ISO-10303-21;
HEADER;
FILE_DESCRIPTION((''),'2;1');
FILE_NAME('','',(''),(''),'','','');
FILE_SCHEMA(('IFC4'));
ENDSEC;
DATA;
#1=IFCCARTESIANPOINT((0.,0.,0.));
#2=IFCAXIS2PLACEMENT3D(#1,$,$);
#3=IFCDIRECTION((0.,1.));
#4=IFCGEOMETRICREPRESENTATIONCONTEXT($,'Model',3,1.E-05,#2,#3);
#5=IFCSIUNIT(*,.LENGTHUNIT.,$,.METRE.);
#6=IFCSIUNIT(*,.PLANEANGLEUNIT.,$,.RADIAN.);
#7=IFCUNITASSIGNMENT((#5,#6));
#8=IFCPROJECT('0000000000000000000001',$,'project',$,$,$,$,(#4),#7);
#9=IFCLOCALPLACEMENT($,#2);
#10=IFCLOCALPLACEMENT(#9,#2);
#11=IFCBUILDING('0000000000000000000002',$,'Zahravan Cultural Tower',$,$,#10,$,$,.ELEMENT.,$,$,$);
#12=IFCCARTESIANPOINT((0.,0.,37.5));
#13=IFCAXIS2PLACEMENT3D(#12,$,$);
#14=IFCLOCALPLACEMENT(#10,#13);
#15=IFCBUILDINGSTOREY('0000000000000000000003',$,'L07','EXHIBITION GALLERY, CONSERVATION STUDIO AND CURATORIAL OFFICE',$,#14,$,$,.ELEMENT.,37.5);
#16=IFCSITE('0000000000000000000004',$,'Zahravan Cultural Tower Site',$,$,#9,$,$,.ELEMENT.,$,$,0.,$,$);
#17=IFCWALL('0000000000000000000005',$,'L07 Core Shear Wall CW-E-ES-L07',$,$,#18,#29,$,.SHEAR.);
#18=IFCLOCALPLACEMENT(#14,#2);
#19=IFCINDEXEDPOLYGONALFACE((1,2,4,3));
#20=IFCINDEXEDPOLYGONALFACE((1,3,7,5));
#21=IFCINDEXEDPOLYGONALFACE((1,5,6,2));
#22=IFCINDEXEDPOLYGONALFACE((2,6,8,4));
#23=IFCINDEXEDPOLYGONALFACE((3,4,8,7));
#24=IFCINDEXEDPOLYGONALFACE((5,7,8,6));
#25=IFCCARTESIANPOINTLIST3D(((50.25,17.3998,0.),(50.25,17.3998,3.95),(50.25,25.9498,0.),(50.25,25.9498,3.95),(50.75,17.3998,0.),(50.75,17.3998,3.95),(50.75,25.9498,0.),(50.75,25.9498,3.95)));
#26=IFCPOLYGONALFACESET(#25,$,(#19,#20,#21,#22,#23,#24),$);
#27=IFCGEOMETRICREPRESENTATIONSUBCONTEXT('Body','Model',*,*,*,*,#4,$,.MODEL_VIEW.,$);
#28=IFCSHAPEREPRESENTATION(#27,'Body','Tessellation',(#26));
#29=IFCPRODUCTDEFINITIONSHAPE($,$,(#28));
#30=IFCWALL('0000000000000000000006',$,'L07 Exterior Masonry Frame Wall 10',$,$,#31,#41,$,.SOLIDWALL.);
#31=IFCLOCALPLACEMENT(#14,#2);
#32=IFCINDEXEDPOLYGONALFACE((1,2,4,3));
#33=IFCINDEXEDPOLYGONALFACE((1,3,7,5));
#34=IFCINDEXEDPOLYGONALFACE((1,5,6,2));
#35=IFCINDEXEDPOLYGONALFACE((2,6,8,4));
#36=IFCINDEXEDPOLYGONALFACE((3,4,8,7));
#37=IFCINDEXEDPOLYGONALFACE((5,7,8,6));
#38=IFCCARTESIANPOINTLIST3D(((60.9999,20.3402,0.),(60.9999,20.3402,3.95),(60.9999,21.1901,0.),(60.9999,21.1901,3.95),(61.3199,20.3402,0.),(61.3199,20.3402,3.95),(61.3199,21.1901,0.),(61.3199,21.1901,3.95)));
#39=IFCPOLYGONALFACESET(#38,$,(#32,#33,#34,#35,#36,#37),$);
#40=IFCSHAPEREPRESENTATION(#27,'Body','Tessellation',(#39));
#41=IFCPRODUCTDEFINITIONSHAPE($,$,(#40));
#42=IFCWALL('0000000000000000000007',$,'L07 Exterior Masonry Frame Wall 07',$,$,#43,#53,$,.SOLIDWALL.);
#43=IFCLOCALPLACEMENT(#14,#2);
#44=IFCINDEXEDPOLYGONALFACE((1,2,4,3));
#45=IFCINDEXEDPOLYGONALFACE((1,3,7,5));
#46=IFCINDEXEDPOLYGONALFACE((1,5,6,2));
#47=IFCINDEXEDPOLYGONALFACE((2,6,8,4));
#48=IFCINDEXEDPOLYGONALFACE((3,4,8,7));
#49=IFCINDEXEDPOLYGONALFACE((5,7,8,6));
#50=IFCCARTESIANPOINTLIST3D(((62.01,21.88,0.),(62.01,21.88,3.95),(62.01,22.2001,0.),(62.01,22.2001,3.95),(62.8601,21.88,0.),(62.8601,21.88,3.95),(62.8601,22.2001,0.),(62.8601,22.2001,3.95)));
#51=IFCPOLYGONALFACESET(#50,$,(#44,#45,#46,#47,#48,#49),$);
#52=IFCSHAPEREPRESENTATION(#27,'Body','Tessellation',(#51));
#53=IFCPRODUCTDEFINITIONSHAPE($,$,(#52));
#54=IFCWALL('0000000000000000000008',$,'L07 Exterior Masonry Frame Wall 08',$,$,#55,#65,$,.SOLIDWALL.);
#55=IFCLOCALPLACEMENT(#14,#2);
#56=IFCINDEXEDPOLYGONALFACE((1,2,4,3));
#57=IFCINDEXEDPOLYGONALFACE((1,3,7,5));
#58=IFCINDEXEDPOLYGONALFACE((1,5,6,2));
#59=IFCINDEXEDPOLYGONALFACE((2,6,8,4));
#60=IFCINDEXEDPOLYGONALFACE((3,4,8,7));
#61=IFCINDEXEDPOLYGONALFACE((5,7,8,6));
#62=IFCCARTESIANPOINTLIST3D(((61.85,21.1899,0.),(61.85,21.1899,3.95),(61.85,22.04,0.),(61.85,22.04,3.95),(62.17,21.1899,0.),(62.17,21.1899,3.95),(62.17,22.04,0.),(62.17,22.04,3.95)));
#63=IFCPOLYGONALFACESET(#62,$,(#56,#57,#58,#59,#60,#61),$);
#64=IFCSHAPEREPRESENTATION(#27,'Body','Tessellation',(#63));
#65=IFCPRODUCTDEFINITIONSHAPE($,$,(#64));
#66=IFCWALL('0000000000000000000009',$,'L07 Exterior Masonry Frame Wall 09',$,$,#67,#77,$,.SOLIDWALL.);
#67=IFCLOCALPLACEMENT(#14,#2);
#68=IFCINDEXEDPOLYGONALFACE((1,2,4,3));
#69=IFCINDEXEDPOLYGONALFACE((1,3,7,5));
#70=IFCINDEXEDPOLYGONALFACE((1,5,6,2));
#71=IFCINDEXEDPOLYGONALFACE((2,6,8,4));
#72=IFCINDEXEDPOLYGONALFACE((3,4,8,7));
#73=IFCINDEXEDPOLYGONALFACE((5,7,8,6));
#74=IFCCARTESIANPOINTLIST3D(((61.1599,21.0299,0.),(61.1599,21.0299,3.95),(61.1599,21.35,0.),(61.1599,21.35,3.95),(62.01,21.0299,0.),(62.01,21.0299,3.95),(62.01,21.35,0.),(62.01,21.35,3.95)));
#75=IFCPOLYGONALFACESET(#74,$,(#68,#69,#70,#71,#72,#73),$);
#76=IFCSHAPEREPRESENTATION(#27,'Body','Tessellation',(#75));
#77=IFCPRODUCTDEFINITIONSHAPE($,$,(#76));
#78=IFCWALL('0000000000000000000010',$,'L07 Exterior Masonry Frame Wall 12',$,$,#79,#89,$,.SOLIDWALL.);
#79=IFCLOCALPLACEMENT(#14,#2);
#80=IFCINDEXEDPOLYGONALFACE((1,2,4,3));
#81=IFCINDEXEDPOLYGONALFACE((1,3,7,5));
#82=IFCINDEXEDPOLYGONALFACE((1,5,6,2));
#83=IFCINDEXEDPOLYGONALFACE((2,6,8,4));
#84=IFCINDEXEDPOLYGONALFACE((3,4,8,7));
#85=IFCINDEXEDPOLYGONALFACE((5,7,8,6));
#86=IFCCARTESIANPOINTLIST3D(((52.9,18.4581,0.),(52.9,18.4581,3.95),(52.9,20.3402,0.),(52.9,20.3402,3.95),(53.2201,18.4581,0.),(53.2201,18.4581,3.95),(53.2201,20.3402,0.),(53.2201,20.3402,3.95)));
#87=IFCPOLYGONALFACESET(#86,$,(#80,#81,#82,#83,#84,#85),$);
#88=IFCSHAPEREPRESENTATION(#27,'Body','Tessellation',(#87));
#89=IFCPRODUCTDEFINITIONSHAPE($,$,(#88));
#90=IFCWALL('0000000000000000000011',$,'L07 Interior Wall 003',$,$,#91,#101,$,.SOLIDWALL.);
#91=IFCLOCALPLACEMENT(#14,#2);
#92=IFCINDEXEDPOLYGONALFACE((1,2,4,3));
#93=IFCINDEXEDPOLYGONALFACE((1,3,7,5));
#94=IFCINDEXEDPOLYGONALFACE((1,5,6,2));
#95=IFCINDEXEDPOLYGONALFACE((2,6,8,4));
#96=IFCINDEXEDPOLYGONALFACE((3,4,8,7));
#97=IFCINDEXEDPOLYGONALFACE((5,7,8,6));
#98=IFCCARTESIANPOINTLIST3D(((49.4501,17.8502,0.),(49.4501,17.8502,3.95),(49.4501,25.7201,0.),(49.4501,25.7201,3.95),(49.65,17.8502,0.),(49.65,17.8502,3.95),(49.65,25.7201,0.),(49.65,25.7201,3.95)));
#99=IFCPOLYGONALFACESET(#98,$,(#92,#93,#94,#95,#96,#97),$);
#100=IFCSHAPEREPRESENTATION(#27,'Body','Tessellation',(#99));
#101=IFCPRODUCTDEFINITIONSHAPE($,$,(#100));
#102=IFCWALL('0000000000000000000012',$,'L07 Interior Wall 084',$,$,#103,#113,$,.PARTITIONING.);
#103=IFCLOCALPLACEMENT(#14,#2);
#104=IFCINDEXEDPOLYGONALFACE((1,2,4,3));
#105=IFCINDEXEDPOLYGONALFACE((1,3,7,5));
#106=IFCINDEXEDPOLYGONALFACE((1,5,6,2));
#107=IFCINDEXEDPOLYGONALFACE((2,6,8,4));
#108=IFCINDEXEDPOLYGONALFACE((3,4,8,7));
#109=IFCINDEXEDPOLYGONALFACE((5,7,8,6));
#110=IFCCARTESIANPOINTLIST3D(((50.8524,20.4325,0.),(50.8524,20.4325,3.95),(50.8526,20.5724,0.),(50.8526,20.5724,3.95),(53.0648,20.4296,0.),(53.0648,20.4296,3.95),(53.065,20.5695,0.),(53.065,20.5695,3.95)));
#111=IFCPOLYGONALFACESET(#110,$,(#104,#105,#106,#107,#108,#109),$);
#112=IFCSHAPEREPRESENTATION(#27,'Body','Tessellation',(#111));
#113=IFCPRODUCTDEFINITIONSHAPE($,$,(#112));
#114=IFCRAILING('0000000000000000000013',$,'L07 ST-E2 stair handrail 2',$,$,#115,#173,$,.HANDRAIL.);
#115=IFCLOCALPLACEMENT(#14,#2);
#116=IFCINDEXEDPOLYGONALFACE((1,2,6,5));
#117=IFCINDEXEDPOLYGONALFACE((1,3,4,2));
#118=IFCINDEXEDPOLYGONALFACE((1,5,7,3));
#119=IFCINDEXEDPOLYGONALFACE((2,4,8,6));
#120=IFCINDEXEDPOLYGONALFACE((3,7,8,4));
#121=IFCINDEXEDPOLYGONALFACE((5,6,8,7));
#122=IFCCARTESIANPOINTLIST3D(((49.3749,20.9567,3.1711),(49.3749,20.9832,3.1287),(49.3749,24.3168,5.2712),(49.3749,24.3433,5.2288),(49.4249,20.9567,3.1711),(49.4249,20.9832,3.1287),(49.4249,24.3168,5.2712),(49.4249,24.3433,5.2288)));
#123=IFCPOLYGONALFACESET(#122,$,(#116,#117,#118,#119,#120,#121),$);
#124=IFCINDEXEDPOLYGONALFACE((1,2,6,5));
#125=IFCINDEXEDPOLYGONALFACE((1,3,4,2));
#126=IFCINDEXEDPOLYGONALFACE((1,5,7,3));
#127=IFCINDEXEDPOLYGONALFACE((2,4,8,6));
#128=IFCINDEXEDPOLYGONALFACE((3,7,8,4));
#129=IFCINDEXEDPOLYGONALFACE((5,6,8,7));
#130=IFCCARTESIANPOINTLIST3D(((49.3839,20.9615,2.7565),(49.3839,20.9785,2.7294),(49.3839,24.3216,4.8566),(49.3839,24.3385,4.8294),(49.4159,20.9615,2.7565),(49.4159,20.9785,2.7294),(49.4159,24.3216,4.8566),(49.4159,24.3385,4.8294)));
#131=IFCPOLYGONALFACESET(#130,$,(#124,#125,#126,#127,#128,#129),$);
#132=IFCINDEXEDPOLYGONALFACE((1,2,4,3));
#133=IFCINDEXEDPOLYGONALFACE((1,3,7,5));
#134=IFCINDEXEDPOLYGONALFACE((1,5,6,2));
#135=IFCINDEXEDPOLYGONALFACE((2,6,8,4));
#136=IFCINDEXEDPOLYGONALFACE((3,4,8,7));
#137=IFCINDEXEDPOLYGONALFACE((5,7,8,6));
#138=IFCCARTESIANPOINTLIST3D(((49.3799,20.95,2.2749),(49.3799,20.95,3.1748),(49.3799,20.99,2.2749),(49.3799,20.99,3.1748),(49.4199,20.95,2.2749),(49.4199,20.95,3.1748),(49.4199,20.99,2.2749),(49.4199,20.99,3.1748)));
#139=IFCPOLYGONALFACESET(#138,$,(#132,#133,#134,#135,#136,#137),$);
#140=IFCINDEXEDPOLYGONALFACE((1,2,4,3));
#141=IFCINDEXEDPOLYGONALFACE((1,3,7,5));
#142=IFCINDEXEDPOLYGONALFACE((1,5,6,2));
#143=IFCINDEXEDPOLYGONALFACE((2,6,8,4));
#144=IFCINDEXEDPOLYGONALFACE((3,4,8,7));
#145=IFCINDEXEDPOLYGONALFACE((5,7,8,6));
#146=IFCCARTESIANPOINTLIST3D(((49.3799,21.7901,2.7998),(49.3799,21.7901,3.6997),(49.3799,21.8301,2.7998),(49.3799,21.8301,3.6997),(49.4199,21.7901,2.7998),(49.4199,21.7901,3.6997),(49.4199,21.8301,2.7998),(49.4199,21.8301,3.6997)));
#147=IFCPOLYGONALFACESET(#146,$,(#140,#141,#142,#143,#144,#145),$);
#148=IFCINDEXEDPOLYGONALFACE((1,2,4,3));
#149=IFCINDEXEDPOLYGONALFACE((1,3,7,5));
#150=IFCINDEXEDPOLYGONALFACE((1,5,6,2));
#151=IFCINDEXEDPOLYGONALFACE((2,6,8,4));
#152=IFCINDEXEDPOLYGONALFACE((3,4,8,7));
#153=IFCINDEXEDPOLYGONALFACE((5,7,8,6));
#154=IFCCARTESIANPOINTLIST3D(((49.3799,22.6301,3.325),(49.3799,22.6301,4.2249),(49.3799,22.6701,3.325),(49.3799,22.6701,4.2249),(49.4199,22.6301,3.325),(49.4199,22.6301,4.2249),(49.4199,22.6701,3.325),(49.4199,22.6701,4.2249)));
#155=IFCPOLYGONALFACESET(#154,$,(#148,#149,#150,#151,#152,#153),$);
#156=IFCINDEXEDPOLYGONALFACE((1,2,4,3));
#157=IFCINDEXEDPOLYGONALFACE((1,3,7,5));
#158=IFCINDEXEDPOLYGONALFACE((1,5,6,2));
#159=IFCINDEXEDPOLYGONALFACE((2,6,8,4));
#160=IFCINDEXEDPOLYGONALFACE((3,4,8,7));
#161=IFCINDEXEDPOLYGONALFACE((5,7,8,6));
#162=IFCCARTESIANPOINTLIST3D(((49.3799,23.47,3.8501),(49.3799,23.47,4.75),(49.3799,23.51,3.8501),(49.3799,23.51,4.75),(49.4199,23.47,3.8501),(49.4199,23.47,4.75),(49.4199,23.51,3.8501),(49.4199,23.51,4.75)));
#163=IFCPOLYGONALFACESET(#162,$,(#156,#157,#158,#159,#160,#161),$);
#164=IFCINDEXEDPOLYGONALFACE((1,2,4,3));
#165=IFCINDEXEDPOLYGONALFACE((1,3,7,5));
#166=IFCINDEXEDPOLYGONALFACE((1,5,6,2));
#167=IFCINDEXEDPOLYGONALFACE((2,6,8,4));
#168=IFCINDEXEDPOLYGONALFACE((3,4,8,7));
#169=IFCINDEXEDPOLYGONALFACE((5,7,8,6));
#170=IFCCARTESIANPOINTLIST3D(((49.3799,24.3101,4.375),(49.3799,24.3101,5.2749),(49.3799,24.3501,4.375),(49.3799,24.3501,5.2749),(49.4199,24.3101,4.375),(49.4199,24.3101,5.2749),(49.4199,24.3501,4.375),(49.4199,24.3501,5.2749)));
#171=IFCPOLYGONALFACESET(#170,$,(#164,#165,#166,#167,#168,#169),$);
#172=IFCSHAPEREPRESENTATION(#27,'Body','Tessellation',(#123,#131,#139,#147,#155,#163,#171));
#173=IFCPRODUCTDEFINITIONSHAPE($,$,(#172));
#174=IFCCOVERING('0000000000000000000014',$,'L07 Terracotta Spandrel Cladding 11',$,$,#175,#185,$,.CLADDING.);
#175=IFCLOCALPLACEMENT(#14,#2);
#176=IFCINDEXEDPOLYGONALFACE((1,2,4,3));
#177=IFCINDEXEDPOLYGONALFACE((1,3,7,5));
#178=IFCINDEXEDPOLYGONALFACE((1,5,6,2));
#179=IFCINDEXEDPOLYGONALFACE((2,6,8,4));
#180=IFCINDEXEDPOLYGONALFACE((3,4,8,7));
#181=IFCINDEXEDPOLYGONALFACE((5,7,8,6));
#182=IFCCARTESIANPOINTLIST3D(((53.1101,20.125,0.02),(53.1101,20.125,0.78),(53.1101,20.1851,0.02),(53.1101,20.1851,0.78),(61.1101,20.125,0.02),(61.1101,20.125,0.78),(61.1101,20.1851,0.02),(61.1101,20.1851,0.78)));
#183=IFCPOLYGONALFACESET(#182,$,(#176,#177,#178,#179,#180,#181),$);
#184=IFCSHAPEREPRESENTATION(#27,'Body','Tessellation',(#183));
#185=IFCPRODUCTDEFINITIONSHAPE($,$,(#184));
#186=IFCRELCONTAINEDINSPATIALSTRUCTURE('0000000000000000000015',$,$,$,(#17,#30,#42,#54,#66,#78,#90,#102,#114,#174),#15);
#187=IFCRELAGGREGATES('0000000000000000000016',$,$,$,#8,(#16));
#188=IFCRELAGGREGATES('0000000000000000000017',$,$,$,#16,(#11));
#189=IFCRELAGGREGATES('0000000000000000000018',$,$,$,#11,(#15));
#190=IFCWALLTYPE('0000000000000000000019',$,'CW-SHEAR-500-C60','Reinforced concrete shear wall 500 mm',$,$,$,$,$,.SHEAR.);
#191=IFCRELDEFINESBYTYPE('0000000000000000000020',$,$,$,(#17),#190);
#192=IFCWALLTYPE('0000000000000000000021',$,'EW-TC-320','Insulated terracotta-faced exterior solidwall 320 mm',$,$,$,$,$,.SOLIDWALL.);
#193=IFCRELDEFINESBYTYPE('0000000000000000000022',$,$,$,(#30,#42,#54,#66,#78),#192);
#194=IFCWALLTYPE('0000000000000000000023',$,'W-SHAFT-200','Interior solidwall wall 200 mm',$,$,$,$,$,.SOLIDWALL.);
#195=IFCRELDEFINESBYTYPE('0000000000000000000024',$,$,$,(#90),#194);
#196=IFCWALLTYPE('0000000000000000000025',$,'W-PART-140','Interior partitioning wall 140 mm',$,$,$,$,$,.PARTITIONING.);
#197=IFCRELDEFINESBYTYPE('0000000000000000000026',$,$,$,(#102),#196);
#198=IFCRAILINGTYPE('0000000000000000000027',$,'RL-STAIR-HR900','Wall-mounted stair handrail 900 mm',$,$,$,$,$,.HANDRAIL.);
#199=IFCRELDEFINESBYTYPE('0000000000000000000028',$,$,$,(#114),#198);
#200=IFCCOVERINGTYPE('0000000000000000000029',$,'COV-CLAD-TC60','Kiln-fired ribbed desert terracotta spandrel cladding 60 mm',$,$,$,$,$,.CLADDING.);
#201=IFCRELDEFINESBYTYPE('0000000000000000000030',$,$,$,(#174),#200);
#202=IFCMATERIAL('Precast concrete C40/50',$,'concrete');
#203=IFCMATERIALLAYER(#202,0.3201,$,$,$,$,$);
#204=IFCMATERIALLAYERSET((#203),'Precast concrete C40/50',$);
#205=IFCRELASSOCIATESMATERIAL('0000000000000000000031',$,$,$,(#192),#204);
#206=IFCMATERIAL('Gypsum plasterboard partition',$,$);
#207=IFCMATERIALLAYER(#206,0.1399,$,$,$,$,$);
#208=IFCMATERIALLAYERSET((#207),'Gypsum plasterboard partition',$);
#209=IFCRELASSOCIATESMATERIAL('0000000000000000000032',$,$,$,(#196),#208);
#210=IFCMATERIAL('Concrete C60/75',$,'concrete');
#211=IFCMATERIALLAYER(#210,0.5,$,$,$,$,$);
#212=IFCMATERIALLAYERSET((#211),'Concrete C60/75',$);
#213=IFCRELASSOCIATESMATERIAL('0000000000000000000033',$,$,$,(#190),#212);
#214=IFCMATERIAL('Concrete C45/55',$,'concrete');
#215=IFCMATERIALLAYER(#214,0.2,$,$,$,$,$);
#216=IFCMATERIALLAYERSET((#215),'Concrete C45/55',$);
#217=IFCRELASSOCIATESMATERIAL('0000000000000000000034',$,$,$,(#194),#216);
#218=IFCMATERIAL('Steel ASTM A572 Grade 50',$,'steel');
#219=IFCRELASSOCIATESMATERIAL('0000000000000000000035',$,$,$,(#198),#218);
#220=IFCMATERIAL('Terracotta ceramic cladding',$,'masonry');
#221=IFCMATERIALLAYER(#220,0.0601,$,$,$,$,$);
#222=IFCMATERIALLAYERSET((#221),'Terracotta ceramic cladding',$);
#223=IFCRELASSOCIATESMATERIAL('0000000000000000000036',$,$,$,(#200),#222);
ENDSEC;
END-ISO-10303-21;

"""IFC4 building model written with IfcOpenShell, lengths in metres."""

from ifc_helpers import new_model, si_unit, direction, frame, frame_2d, origin, origin_2d, place, context, subcontext, project, spatial, rectangle, extrude, source, transform, mapped, material, layer, layer_set, type_object, element, save


model = new_model("IFC4")

# Units and contexts
model_context = context("Model", 3, precision=1e-05, world=origin(), true_north=direction((0.0, 1.0)))
body_context = subcontext(model_context, "Body", "Model", "MODEL_VIEW")
ifc_project = project(units=[si_unit("LENGTHUNIT", "METRE"), si_unit("PLANEANGLEUNIT", "RADIAN")], contexts=[model_context])

# Site, building, storey
site_placement = place(None, origin())
site = spatial("IfcSite", under=ifc_project, at=site_placement, Name="Zahravan Cultural Tower Site", CompositionType="ELEMENT", RefElevation=0.0)
building_placement = place(site_placement, origin())
building = spatial("IfcBuilding", under=site, at=building_placement, Name="Zahravan Cultural Tower", CompositionType="ELEMENT")
storey_placement = place(building_placement, frame((0.0, 0.0, 37.5)))
storey = spatial("IfcBuildingStorey", under=building, at=storey_placement, Name="L07", Description="EXHIBITION GALLERY, CONSERVATION STUDIO AND CURATORIAL OFFICE", CompositionType="ELEMENT", Elevation=37.5)

# Shared definitions
ifc_material_1 = material(Name="Concrete C60/75", Category="concrete")

# Shared definitions
ifc_material_2 = material(Name="Precast concrete C40/50", Category="concrete")
ifc_layer_1 = layer(ifc_material_2, 0.3201)
ifc_layer_set_1 = layer_set([ifc_layer_1], Name="Precast concrete C40/50")
wall_type_1 = type_object("IfcWallType", Name="EW-TC-320", Description="Insulated terracotta-faced exterior solidwall 320 mm", PredefinedType="SOLIDWALL", material=ifc_layer_set_1)

# Shared definitions
ifc_material_3 = material(Name="Gypsum plasterboard partition")
ifc_layer_2 = layer(ifc_material_3, 0.1399)
ifc_layer_set_2 = layer_set([ifc_layer_2], Name="Gypsum plasterboard partition")
wall_type_2 = type_object("IfcWallType", Name="W-PART-140", Description="Interior partitioning wall 140 mm", PredefinedType="PARTITIONING", material=ifc_layer_set_2)

# Walls
ifc_layer_3 = layer(ifc_material_1, 0.5)
ifc_layer_set_3 = layer_set([ifc_layer_3], Name="Concrete C60/75")
wall_type_3 = type_object("IfcWallType", Name="CW-SHEAR-500-C60", Description="Reinforced concrete shear wall 500 mm", PredefinedType="SHEAR", material=ifc_layer_set_3)
shared_shape_1 = source(origin(), body_context, "Body", "SweptSolid", [
    extrude(rectangle(XDim=8.55, YDim=0.5, at=frame_2d((4.2749, 0.0))), origin(), (0.0, 0.0, 1.0), 3.95),
])
wall_1_placement = place(storey_placement, frame((50.5, 17.3999, 0.0), z_axis=(0.0, 0.0, 1.0), x_axis=(0.0, 1.0, 0.0)))
element("IfcWall", 1, at=wall_1_placement, inside=storey, type_object=wall_type_3, Name="L07 Core Shear Wall CW-E-ES-L07", PredefinedType="SHEAR", context=body_context, shape_type="MappedRepresentation", body=[
    mapped(shared_shape_1, transform((0.0, 0.0, 0.0), x_axis=(1.0, 0.0, 0.0), y_axis=(0.0, 1.0, 0.0), z_axis=(0.0, 0.0, 1.0), scale=1.0)),
])
shared_shape_2 = source(origin(), body_context, "Body", "SweptSolid", [
    extrude(rectangle(XDim=0.8499, YDim=0.3201, at=frame_2d((0.4248, 0.0))), origin(), (0.0, 0.0, 1.0), 3.95),
])
wall_2_placement = place(storey_placement, frame((61.1599, 21.1899, 0.0), z_axis=(0.0, 0.0, 1.0), x_axis=(0.0, -1.0, 0.0)))
element("IfcWall", 2, at=wall_2_placement, inside=storey, type_object=wall_type_1, Name="L07 Exterior Masonry Frame Wall 10", PredefinedType="SOLIDWALL", context=body_context, shape_type="MappedRepresentation", body=[
    mapped(shared_shape_2, transform((0.0, 0.0, 0.0), x_axis=(1.0, 0.0, 0.0), y_axis=(0.0, 1.0, 0.0), z_axis=(0.0, 0.0, 1.0), scale=1.0)),
])
shared_shape_3 = source(origin(), body_context, "Body", "SweptSolid", [
    extrude(rectangle(XDim=0.8501, YDim=0.3201, at=frame_2d((0.425, 0.0))), origin(), (0.0, 0.0, 1.0), 3.95),
])
for number, where, z_axis, x_axis, name in (
    (3, (62.8601, 22.04, 0.0), (0.0, 0.0, 1.0), (-1.0, 0.0, 0.0), "L07 Exterior Masonry Frame Wall 07"),
    (4, (62.01, 22.04, 0.0), (0.0, 0.0, 1.0), (0.0, -1.0, 0.0), "L07 Exterior Masonry Frame Wall 08"),
    (5, (62.01, 21.1899, 0.0), (0.0, 0.0, 1.0), (-1.0, 0.0, 0.0), "L07 Exterior Masonry Frame Wall 09"),
):
    element("IfcWall", number, at=place(storey_placement, frame(where, z_axis=z_axis, x_axis=x_axis)), inside=storey, type_object=wall_type_1, Name=name, PredefinedType="SOLIDWALL", context=body_context, shape_type="MappedRepresentation", body=[
        mapped(shared_shape_3, transform((0.0, 0.0, 0.0), x_axis=(1.0, 0.0, 0.0), y_axis=(0.0, 1.0, 0.0), z_axis=(0.0, 0.0, 1.0), scale=1.0)),
    ])
shared_shape_4 = source(origin(), body_context, "Body", "SweptSolid", [
    extrude(rectangle(XDim=1.8821, YDim=0.3201, at=frame_2d((0.9409, 0.0))), origin(), (0.0, 0.0, 1.0), 3.95),
])
wall_3_placement = place(storey_placement, frame((53.0601, 20.3401, 0.0), z_axis=(0.0, 0.0, 1.0), x_axis=(0.0, -1.0, 0.0)))
element("IfcWall", 6, at=wall_3_placement, inside=storey, type_object=wall_type_1, Name="L07 Exterior Masonry Frame Wall 12", PredefinedType="SOLIDWALL", context=body_context, shape_type="MappedRepresentation", body=[
    mapped(shared_shape_4, transform((0.0, 0.0, 0.0), x_axis=(1.0, 0.0, 0.0), y_axis=(0.0, 1.0, 0.0), z_axis=(0.0, 0.0, 1.0), scale=1.0)),
])
ifc_material_4 = material(Name="Concrete C45/55", Category="concrete")
ifc_layer_4 = layer(ifc_material_4, 0.2)
ifc_layer_set_4 = layer_set([ifc_layer_4], Name="Concrete C45/55")
wall_type_4 = type_object("IfcWallType", Name="W-SHAFT-200", Description="Interior solidwall wall 200 mm", PredefinedType="SOLIDWALL", material=ifc_layer_set_4)
shared_shape_5 = source(origin(), body_context, "Body", "SweptSolid", [
    extrude(rectangle(XDim=7.8699, YDim=0.2, at=frame_2d((3.9351, 0.0))), origin(), (0.0, 0.0, 1.0), 3.95),
])
wall_4_placement = place(storey_placement, frame((49.55, 17.8501, 0.0), z_axis=(0.0, 0.0, 1.0), x_axis=(0.0, 1.0, 0.0)))
element("IfcWall", 7, at=wall_4_placement, inside=storey, type_object=wall_type_4, Name="L07 Interior Wall 003", PredefinedType="SOLIDWALL", context=body_context, shape_type="MappedRepresentation", body=[
    mapped(shared_shape_5, transform((0.0, 0.0, 0.0), x_axis=(1.0, 0.0, 0.0), y_axis=(0.0, 1.0, 0.0), z_axis=(0.0, 0.0, 1.0), scale=1.0)),
])
shared_shape_6 = source(origin(), body_context, "Body", "SweptSolid", [
    extrude(rectangle(XDim=2.2124, YDim=0.1399, at=frame_2d((1.1062, 0.0))), origin(), (0.0, 0.0, 1.0), 3.95),
])
wall_5_placement = place(storey_placement, frame((50.8525, 20.5024, 0.0), z_axis=(0.0, 0.0, 1.0), x_axis=(0.999999, -0.001324, 0.0)))
element("IfcWall", 8, at=wall_5_placement, inside=storey, type_object=wall_type_2, Name="L07 Interior Wall 084", PredefinedType="PARTITIONING", context=body_context, shape_type="MappedRepresentation", body=[
    mapped(shared_shape_6, transform((0.0, 0.0, 0.0), x_axis=(1.0, 0.0, 0.0), y_axis=(0.0, 1.0, 0.0), z_axis=(0.0, 0.0, 1.0), scale=1.0)),
])

# Railing
ifc_material_5 = material(Name="Steel ASTM A572 Grade 50", Category="steel")
railing_type = type_object("IfcRailingType", Name="RL-STAIR-HR900", Description="Wall-mounted stair handrail 900 mm", PredefinedType="HANDRAIL", material=ifc_material_5)
railing_placement = place(storey_placement, frame((49.3999, 20.97, 2.2749)))
element("IfcRailing", 9, at=railing_placement, inside=storey, type_object=railing_type, Name="L07 ST-E2 stair handrail 2", PredefinedType="HANDRAIL", context=body_context, shape_type="SweptSolid", body=[
    extrude(rectangle(XDim=0.05, YDim=0.05, at=origin_2d()), frame((0.0, 0.0, 0.875), z_axis=(0.0, 0.847995, 0.530004), x_axis=(-1.0, 0.0, 0.0)), (0.0, 0.0, 1.0), 3.9624),
    extrude(rectangle(XDim=0.032, YDim=0.032, at=origin_2d()), frame((0.0, 0.0, 0.468), z_axis=(0.0, 0.847995, 0.530004), x_axis=(-1.0, 0.0, 0.0)), (0.0, 0.0, 1.0), 3.9624),
    extrude(rectangle(XDim=0.04, YDim=0.04, at=origin_2d()), origin(), (0.0, 0.0, 1.0), 0.8999),
    extrude(rectangle(XDim=0.04, YDim=0.04, at=origin_2d()), frame((0.0, 0.8401, 0.5249)), (0.0, 0.0, 1.0), 0.8999),
    extrude(rectangle(XDim=0.04, YDim=0.04, at=origin_2d()), frame((0.0, 1.6802, 1.05)), (0.0, 0.0, 1.0), 0.8999),
    extrude(rectangle(XDim=0.04, YDim=0.04, at=origin_2d()), frame((0.0, 2.52, 1.5752)), (0.0, 0.0, 1.0), 0.8999),
    extrude(rectangle(XDim=0.04, YDim=0.04, at=origin_2d()), frame((0.0, 3.3601, 2.1001)), (0.0, 0.0, 1.0), 0.8999),
])

# Covering
ifc_material_6 = material(Name="Terracotta ceramic cladding", Category="masonry")
ifc_layer_5 = layer(ifc_material_6, 0.0601)
ifc_layer_set_5 = layer_set([ifc_layer_5], Name="Terracotta ceramic cladding")
covering_type = type_object("IfcCoveringType", Name="COV-CLAD-TC60", Description="Kiln-fired ribbed desert terracotta spandrel cladding 60 mm", PredefinedType="CLADDING", material=ifc_layer_set_5)
shared_shape_7 = source(origin(), body_context, "Body", "SweptSolid", [
    extrude(rectangle(XDim=8.0, YDim=0.0601, at=origin_2d()), origin(), (0.0, 0.0, 1.0), 0.76),
])
covering_1_placement = place(storey_placement, frame((57.1101, 20.155, 0.02), z_axis=(0.0, 0.0, 1.0), x_axis=(-1.0, 0.0, 0.0)))
element("IfcCovering", 10, at=covering_1_placement, inside=storey, type_object=covering_type, Name="L07 Terracotta Spandrel Cladding 11", PredefinedType="CLADDING", context=body_context, shape_type="MappedRepresentation", body=[
    mapped(shared_shape_7, transform((0.0, 0.0, 0.0), x_axis=(1.0, 0.0, 0.0), y_axis=(0.0, 1.0, 0.0), z_axis=(0.0, 0.0, 1.0), scale=1.0)),
])

save(model, "model.ifc")
